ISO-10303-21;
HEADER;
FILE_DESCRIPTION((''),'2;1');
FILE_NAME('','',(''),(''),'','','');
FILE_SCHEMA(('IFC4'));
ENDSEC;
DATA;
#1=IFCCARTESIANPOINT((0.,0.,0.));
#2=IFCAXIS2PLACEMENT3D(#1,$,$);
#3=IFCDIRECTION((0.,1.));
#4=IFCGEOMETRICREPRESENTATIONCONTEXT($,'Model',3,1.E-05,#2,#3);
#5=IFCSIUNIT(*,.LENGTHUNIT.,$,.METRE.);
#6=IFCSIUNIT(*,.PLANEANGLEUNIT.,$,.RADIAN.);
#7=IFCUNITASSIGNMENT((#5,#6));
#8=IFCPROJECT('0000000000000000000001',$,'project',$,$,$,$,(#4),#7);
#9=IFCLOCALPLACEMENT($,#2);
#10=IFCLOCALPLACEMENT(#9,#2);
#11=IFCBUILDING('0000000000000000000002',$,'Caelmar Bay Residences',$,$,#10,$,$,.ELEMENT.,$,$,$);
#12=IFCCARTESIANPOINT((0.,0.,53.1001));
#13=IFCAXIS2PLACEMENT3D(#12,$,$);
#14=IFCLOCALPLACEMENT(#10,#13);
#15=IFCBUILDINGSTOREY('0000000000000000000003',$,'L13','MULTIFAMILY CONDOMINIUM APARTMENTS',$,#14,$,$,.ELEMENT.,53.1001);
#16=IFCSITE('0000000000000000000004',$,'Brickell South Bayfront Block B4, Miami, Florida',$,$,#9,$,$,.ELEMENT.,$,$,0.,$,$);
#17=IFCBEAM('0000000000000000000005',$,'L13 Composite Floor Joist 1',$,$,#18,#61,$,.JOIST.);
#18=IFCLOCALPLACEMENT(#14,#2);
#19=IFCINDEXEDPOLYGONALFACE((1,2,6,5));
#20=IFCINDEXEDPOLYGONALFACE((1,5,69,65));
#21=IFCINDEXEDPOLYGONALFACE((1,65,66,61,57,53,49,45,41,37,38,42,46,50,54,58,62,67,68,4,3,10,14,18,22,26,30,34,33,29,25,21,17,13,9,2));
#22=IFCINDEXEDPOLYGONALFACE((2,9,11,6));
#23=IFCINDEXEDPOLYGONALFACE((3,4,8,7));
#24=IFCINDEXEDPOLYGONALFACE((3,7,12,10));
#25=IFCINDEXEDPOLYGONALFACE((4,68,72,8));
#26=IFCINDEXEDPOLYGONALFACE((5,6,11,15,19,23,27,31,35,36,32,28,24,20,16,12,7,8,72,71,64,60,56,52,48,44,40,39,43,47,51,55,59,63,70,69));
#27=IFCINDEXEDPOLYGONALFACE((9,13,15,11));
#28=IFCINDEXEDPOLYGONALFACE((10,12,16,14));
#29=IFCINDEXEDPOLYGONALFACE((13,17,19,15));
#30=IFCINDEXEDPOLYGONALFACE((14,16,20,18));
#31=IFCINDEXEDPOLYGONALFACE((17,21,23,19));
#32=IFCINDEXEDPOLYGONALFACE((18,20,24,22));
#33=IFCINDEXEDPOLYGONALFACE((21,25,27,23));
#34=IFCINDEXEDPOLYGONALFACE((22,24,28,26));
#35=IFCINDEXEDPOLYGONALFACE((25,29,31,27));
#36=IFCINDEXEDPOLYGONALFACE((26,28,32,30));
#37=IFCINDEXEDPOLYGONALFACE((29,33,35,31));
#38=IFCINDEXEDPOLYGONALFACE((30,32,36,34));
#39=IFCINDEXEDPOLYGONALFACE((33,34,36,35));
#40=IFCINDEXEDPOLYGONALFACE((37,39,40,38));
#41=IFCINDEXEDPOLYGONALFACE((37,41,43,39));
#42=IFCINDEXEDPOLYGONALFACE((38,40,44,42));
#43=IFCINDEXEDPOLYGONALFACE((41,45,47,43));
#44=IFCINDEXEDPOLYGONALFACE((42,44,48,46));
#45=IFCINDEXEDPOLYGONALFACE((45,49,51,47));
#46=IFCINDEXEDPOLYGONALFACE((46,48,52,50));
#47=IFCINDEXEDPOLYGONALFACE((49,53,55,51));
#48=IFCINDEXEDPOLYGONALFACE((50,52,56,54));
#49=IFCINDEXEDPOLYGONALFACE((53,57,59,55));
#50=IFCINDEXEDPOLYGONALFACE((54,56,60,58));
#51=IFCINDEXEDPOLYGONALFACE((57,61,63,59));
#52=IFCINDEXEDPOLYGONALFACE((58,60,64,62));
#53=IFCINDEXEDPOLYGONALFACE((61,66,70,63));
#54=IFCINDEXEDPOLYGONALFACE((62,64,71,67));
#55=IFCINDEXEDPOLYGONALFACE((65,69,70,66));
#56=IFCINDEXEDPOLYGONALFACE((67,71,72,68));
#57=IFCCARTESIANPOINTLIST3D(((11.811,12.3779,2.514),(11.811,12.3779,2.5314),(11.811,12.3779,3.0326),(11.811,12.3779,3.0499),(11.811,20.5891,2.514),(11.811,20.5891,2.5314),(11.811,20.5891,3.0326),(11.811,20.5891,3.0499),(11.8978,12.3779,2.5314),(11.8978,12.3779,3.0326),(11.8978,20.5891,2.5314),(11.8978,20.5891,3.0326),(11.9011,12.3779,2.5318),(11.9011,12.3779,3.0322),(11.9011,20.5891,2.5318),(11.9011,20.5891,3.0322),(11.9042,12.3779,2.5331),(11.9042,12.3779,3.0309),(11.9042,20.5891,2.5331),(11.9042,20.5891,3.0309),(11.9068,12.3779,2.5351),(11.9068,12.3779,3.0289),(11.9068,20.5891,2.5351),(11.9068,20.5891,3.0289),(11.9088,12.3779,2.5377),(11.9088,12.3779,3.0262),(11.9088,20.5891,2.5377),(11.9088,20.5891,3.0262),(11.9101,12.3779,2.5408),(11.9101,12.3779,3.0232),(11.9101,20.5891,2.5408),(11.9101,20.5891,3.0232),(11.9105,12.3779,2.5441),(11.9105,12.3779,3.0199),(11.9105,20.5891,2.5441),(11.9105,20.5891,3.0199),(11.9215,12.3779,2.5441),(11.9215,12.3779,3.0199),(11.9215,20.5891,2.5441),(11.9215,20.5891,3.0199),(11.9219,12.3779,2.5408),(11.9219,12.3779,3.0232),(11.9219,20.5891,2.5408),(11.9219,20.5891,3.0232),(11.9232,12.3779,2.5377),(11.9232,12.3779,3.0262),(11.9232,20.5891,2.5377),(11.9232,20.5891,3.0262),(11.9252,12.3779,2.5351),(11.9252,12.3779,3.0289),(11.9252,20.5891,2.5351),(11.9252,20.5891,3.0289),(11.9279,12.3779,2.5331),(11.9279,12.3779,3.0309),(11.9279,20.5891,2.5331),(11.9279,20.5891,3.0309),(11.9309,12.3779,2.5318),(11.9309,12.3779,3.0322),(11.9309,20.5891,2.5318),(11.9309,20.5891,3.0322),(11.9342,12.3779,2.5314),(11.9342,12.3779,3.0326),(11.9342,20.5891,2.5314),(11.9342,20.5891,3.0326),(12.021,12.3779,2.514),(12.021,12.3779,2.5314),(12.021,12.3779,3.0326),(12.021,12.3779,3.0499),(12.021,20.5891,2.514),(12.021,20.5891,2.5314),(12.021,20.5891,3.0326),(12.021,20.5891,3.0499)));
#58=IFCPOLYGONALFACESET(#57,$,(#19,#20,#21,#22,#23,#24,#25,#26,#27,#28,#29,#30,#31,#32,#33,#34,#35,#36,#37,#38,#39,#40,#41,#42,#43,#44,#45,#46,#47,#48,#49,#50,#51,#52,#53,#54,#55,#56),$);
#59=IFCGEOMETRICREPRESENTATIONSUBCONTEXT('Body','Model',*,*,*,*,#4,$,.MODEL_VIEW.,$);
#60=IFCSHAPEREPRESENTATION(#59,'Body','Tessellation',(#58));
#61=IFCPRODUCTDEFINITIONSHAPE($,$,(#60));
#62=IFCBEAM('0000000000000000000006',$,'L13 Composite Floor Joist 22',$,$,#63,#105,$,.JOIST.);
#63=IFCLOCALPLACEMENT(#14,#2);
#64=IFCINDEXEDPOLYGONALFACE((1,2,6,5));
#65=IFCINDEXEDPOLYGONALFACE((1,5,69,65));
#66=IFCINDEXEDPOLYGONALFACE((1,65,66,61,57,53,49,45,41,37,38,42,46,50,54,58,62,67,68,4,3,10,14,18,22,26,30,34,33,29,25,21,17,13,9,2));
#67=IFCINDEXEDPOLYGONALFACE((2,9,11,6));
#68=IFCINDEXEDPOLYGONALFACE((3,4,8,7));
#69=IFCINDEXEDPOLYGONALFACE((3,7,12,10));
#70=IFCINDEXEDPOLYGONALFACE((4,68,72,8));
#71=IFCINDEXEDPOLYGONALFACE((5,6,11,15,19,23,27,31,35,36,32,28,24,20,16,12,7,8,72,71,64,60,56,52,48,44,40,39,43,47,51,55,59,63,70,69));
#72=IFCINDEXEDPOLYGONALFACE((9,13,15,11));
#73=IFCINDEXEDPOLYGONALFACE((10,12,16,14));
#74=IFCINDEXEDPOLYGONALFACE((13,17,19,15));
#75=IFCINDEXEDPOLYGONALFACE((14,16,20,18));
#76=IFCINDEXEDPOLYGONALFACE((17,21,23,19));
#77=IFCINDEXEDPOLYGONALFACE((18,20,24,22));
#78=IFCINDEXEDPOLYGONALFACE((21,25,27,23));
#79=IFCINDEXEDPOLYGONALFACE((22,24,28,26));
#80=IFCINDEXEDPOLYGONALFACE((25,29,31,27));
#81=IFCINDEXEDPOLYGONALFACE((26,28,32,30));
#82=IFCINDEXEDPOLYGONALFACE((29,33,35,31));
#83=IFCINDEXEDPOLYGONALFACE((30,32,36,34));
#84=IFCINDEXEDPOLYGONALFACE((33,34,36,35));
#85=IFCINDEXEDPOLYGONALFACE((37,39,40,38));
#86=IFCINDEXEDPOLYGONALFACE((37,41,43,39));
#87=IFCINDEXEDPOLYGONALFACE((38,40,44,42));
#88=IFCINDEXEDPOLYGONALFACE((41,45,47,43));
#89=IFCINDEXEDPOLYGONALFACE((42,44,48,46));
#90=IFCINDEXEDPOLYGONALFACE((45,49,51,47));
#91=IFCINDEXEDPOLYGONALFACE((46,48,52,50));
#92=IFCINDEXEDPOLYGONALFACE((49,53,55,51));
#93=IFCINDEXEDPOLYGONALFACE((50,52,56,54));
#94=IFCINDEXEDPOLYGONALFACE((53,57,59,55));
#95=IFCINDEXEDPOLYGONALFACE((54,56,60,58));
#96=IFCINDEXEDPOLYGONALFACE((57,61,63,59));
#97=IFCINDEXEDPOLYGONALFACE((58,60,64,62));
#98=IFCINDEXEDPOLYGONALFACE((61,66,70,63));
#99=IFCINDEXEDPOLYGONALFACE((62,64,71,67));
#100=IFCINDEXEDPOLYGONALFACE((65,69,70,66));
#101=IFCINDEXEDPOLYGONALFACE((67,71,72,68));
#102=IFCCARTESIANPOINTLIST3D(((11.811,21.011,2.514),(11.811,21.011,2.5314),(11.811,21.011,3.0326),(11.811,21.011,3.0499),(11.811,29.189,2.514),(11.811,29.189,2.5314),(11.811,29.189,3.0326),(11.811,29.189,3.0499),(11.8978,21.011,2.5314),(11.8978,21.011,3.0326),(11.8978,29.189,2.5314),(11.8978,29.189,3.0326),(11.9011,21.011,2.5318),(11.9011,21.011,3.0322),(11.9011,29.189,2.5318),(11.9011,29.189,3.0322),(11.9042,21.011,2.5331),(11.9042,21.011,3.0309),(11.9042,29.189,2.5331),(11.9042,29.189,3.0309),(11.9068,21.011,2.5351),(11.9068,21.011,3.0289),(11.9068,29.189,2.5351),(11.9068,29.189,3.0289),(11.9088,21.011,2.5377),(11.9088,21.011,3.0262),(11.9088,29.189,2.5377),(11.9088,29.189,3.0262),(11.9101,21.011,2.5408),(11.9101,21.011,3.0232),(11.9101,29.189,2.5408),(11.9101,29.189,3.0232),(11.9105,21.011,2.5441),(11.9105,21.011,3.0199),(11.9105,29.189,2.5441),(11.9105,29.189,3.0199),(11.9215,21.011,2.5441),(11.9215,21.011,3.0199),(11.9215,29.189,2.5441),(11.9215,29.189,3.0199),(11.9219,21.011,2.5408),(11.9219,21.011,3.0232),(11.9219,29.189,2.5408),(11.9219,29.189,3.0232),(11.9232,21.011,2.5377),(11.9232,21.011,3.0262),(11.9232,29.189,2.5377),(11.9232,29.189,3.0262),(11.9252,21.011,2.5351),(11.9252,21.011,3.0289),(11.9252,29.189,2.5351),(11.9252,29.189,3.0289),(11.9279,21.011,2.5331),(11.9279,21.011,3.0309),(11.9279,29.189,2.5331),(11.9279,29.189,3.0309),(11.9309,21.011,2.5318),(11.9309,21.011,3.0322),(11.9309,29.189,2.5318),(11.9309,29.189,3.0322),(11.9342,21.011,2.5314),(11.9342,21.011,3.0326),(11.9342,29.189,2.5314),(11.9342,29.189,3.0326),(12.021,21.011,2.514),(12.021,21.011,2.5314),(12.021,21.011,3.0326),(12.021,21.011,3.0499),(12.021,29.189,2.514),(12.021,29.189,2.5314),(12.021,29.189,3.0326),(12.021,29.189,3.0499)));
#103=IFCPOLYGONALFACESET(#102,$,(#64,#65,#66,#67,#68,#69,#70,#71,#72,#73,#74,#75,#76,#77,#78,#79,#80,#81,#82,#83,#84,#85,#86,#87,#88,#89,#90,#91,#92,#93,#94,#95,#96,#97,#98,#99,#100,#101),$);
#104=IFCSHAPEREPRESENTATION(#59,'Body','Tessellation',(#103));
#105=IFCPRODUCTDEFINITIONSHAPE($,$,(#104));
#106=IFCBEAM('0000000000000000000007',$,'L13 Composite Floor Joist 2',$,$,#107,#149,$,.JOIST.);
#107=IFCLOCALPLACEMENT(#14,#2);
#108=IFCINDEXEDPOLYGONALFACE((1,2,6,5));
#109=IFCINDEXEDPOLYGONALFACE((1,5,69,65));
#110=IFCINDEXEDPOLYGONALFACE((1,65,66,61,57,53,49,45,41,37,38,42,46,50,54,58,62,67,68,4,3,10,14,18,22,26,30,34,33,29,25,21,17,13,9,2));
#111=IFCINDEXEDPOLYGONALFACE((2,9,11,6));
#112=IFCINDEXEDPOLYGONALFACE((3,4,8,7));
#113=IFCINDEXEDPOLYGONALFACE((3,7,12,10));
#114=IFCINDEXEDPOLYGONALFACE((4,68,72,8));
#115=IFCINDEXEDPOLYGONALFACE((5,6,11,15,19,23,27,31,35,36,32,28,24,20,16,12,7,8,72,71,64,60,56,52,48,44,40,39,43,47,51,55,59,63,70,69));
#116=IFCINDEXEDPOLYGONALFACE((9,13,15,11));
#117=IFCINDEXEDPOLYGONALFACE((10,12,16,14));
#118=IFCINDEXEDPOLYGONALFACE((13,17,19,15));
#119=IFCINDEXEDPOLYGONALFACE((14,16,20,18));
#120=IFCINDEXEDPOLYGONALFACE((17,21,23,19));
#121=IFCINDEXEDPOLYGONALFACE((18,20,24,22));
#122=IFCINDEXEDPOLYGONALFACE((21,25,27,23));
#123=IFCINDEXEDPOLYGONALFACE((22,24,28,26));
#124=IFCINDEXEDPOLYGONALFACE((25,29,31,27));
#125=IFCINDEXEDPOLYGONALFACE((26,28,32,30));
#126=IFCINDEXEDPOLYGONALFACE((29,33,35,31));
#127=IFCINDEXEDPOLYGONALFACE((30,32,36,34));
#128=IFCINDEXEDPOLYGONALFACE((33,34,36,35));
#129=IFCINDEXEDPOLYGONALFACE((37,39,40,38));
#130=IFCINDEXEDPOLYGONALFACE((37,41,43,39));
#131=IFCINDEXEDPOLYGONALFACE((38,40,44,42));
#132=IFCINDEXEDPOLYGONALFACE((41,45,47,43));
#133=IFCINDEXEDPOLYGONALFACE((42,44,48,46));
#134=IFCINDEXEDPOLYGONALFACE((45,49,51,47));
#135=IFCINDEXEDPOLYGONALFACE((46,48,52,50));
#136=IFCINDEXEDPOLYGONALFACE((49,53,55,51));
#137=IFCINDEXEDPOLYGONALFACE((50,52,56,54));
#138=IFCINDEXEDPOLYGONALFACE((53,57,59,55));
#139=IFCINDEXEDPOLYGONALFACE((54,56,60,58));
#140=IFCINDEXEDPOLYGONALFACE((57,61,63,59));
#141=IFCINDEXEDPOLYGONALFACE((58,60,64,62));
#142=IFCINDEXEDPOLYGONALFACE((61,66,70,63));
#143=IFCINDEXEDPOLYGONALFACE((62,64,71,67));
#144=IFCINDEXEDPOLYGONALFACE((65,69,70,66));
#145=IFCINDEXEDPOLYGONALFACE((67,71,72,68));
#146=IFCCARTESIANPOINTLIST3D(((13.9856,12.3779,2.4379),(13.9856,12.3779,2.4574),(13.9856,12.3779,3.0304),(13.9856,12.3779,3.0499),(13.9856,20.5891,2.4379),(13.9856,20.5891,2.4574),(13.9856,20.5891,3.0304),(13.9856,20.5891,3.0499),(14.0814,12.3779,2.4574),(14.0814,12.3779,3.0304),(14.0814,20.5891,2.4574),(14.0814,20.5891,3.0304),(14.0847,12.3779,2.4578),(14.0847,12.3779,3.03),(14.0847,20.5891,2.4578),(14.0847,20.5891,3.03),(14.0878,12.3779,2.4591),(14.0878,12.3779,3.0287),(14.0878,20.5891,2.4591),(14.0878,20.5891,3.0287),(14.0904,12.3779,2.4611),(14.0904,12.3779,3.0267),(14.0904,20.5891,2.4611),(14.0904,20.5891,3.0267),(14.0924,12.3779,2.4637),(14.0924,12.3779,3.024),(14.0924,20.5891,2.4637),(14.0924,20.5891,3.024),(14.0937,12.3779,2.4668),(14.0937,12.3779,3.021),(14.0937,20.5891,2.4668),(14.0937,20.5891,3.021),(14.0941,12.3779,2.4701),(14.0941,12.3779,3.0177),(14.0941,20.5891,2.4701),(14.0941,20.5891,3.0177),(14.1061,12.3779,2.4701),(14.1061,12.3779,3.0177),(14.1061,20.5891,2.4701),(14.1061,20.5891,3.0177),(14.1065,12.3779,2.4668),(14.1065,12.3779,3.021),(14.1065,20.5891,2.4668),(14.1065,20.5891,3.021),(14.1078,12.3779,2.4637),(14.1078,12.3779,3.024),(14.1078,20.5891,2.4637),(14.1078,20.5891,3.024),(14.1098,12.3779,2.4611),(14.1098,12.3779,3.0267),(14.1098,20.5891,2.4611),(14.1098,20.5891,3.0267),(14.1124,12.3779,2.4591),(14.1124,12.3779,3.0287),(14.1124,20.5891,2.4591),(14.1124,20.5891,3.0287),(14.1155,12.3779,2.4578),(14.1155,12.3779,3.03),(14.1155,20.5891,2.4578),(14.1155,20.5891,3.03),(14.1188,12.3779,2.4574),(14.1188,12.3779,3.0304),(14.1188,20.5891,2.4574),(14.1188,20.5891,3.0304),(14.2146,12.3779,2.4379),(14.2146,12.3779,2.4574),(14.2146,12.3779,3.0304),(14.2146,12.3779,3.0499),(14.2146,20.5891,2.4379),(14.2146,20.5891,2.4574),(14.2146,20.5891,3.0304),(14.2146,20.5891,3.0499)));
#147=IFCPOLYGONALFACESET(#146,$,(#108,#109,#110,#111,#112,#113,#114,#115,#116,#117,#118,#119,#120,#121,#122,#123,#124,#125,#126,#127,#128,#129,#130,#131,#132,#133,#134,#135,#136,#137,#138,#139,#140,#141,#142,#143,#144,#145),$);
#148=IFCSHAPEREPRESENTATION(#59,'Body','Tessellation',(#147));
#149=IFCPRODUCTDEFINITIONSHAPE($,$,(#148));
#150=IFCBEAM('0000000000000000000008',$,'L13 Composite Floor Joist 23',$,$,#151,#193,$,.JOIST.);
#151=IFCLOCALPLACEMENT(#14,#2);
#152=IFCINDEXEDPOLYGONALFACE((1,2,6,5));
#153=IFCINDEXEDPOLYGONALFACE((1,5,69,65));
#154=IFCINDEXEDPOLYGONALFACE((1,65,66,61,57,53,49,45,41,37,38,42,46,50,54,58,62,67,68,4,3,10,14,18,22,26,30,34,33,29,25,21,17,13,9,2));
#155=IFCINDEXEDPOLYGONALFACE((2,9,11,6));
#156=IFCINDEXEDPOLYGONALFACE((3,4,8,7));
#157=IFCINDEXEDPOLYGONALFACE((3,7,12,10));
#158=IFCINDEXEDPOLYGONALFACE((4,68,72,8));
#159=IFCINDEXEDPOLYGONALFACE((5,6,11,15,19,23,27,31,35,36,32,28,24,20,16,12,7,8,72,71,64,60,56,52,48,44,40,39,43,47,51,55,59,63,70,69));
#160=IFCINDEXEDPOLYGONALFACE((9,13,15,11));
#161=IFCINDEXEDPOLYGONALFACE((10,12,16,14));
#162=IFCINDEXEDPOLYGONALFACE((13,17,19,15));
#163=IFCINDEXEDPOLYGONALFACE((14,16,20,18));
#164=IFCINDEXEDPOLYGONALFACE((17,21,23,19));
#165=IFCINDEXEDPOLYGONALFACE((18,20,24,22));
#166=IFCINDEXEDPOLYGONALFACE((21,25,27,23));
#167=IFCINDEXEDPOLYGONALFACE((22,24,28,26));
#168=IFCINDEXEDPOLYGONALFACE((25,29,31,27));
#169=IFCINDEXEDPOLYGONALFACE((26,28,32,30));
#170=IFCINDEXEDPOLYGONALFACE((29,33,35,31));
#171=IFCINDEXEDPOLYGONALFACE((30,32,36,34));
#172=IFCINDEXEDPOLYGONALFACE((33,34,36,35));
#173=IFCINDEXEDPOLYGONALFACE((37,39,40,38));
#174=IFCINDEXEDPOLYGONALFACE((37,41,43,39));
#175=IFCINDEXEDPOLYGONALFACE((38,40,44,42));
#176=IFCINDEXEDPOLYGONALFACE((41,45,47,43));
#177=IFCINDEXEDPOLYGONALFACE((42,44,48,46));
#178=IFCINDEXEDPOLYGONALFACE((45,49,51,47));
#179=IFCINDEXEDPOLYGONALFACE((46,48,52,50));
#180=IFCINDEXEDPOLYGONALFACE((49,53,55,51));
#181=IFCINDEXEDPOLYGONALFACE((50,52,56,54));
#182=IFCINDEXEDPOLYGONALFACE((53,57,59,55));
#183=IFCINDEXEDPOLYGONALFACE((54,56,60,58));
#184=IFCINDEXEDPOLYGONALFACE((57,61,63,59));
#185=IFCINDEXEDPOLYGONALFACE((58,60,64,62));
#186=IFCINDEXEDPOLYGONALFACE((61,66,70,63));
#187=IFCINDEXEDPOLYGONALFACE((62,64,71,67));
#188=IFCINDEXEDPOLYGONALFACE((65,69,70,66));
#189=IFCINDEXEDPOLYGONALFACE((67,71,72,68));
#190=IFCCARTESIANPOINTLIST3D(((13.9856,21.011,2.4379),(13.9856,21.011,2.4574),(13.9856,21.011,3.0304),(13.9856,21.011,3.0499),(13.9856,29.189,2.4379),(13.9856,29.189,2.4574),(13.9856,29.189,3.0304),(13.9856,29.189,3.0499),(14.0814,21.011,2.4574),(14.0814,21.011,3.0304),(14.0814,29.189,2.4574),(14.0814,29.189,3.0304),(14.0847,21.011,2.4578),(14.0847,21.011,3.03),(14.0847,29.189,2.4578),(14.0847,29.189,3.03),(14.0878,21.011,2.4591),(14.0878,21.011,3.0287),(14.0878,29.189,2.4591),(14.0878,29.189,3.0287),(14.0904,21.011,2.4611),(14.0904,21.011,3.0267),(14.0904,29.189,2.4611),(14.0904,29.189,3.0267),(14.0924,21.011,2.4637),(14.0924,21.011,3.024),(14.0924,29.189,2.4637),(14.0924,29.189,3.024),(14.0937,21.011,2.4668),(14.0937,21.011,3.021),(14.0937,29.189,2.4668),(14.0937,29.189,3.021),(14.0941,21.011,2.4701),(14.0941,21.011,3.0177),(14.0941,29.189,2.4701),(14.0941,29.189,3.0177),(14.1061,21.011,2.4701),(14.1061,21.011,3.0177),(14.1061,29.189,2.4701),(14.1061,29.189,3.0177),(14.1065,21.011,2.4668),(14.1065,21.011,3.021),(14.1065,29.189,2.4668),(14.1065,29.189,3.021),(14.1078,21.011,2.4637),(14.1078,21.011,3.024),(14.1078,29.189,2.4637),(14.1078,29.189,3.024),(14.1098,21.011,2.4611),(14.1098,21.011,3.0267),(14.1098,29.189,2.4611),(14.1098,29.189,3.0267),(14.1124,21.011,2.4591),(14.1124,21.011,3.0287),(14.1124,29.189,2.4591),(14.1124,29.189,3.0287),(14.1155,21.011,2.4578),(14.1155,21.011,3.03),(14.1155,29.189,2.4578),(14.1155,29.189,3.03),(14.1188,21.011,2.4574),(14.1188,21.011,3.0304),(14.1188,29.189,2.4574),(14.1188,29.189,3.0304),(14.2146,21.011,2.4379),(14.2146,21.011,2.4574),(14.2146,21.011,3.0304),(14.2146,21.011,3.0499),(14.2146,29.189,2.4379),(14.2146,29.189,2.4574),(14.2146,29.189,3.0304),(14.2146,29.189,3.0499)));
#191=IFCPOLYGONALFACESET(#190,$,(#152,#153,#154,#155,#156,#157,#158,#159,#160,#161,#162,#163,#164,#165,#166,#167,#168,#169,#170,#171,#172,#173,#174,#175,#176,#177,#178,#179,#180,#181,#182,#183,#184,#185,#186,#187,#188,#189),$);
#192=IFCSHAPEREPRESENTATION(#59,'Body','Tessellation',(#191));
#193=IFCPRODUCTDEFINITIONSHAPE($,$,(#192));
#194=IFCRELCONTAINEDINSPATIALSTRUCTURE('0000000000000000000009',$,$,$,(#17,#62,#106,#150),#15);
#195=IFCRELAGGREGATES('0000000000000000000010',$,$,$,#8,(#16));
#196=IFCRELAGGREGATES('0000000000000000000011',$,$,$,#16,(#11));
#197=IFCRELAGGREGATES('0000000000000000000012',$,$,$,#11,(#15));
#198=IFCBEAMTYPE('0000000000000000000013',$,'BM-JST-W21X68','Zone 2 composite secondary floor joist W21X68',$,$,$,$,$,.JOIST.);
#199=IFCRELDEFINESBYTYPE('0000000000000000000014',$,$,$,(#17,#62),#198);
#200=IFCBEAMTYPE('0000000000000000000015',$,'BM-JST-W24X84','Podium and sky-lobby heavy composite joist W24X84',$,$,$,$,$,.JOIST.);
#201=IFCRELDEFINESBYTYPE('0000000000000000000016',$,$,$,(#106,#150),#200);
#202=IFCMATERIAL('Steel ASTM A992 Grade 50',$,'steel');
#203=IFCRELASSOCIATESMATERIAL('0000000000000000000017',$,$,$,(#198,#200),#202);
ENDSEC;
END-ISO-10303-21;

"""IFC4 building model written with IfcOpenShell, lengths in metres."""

from ifc_helpers import new_model, si_unit, direction, frame, origin, origin_2d, place, context, subcontext, project, spatial, i_section, extrude, material, material_profile, profile_set, type_object, element, save


model = new_model("IFC4")

# Units and contexts
model_context = context("Model", 3, precision=1e-05, world=origin(), true_north=direction((0.0, 1.0)))
body_context = subcontext(model_context, "Body", "Model", "MODEL_VIEW")
ifc_project = project(units=[si_unit("LENGTHUNIT", "METRE"), si_unit("PLANEANGLEUNIT", "RADIAN")], contexts=[model_context])

# Site, building, storey
site_placement = place(None, origin())
site = spatial("IfcSite", under=ifc_project, at=site_placement, Name="Brickell South Bayfront Block B4, Miami, Florida", CompositionType="ELEMENT", RefElevation=0.0)
building_placement = place(site_placement, origin())
building = spatial("IfcBuilding", under=site, at=building_placement, Name="Caelmar Bay Residences", CompositionType="ELEMENT")
storey_placement = place(building_placement, frame((0.0, 0.0, 53.1001)))
storey = spatial("IfcBuildingStorey", under=building, at=storey_placement, Name="L13", Description="MULTIFAMILY CONDOMINIUM APARTMENTS", CompositionType="ELEMENT", Elevation=53.1001)

# Beams
ifc_material_1 = material(Name="Steel ASTM A992 Grade 50", Category="steel")
ifc_material_profile_1 = material_profile(ifc_material_1, i_section(OverallWidth=0.21, OverallDepth=0.5359, WebThickness=0.011, FlangeThickness=0.0173, FilletRadius=0.0127, at=origin_2d()), Name="W21X68")
ifc_profile_set_1 = profile_set([ifc_material_profile_1], Name="Steel ASTM A992 Grade 50")
beam_type_1 = type_object("IfcBeamType", Name="BM-JST-W21X68", Description="Zone 2 composite secondary floor joist W21X68", PredefinedType="JOIST", material=ifc_profile_set_1)
beam_1_placement = place(storey_placement, frame((11.916, 12.3779, 2.782), z_axis=(0.0, 1.0, 0.0), x_axis=(-1.0, 0.0, 0.0)))
element("IfcBeam", 1, at=beam_1_placement, inside=storey, type_object=beam_type_1, Name="L13 Composite Floor Joist 1", PredefinedType="JOIST", context=body_context, shape_type="SweptSolid", body=[
    extrude(i_section(OverallWidth=0.21, OverallDepth=0.5359, WebThickness=0.011, FlangeThickness=0.0173, FilletRadius=0.0127, at=origin_2d()), origin(), (0.0, 0.0, 1.0), 8.2112),
])
beam_2_placement = place(storey_placement, frame((11.916, 21.011, 2.782), z_axis=(0.0, 1.0, 0.0), x_axis=(-1.0, 0.0, 0.0)))
element("IfcBeam", 2, at=beam_2_placement, inside=storey, type_object=beam_type_1, Name="L13 Composite Floor Joist 22", PredefinedType="JOIST", context=body_context, shape_type="SweptSolid", body=[
    extrude(i_section(OverallWidth=0.21, OverallDepth=0.5359, WebThickness=0.011, FlangeThickness=0.0173, FilletRadius=0.0127, at=origin_2d()), origin(), (0.0, 0.0, 1.0), 8.178),
])
ifc_material_profile_2 = material_profile(ifc_material_1, i_section(OverallWidth=0.229, OverallDepth=0.6121, WebThickness=0.012, FlangeThickness=0.0195, FilletRadius=0.0127, at=origin_2d()), Name="W24X84")
ifc_profile_set_2 = profile_set([ifc_material_profile_2], Name="Steel ASTM A992 Grade 50")
beam_type_2 = type_object("IfcBeamType", Name="BM-JST-W24X84", Description="Podium and sky-lobby heavy composite joist W24X84", PredefinedType="JOIST", material=ifc_profile_set_2)
beam_3_placement = place(storey_placement, frame((14.1001, 12.3779, 2.7439), z_axis=(0.0, 1.0, 0.0), x_axis=(-1.0, 0.0, 0.0)))
element("IfcBeam", 3, at=beam_3_placement, inside=storey, type_object=beam_type_2, Name="L13 Composite Floor Joist 2", PredefinedType="JOIST", context=body_context, shape_type="SweptSolid", body=[
    extrude(i_section(OverallWidth=0.229, OverallDepth=0.6121, WebThickness=0.012, FlangeThickness=0.0195, FilletRadius=0.0127, at=origin_2d()), origin(), (0.0, 0.0, 1.0), 8.2112),
])
beam_4_placement = place(storey_placement, frame((14.1001, 21.011, 2.7439), z_axis=(0.0, 1.0, 0.0), x_axis=(-1.0, 0.0, 0.0)))
element("IfcBeam", 4, at=beam_4_placement, inside=storey, type_object=beam_type_2, Name="L13 Composite Floor Joist 23", PredefinedType="JOIST", context=body_context, shape_type="SweptSolid", body=[
    extrude(i_section(OverallWidth=0.229, OverallDepth=0.6121, WebThickness=0.012, FlangeThickness=0.0195, FilletRadius=0.0127, at=origin_2d()), origin(), (0.0, 0.0, 1.0), 8.178),
])

save(model, "model.ifc")
